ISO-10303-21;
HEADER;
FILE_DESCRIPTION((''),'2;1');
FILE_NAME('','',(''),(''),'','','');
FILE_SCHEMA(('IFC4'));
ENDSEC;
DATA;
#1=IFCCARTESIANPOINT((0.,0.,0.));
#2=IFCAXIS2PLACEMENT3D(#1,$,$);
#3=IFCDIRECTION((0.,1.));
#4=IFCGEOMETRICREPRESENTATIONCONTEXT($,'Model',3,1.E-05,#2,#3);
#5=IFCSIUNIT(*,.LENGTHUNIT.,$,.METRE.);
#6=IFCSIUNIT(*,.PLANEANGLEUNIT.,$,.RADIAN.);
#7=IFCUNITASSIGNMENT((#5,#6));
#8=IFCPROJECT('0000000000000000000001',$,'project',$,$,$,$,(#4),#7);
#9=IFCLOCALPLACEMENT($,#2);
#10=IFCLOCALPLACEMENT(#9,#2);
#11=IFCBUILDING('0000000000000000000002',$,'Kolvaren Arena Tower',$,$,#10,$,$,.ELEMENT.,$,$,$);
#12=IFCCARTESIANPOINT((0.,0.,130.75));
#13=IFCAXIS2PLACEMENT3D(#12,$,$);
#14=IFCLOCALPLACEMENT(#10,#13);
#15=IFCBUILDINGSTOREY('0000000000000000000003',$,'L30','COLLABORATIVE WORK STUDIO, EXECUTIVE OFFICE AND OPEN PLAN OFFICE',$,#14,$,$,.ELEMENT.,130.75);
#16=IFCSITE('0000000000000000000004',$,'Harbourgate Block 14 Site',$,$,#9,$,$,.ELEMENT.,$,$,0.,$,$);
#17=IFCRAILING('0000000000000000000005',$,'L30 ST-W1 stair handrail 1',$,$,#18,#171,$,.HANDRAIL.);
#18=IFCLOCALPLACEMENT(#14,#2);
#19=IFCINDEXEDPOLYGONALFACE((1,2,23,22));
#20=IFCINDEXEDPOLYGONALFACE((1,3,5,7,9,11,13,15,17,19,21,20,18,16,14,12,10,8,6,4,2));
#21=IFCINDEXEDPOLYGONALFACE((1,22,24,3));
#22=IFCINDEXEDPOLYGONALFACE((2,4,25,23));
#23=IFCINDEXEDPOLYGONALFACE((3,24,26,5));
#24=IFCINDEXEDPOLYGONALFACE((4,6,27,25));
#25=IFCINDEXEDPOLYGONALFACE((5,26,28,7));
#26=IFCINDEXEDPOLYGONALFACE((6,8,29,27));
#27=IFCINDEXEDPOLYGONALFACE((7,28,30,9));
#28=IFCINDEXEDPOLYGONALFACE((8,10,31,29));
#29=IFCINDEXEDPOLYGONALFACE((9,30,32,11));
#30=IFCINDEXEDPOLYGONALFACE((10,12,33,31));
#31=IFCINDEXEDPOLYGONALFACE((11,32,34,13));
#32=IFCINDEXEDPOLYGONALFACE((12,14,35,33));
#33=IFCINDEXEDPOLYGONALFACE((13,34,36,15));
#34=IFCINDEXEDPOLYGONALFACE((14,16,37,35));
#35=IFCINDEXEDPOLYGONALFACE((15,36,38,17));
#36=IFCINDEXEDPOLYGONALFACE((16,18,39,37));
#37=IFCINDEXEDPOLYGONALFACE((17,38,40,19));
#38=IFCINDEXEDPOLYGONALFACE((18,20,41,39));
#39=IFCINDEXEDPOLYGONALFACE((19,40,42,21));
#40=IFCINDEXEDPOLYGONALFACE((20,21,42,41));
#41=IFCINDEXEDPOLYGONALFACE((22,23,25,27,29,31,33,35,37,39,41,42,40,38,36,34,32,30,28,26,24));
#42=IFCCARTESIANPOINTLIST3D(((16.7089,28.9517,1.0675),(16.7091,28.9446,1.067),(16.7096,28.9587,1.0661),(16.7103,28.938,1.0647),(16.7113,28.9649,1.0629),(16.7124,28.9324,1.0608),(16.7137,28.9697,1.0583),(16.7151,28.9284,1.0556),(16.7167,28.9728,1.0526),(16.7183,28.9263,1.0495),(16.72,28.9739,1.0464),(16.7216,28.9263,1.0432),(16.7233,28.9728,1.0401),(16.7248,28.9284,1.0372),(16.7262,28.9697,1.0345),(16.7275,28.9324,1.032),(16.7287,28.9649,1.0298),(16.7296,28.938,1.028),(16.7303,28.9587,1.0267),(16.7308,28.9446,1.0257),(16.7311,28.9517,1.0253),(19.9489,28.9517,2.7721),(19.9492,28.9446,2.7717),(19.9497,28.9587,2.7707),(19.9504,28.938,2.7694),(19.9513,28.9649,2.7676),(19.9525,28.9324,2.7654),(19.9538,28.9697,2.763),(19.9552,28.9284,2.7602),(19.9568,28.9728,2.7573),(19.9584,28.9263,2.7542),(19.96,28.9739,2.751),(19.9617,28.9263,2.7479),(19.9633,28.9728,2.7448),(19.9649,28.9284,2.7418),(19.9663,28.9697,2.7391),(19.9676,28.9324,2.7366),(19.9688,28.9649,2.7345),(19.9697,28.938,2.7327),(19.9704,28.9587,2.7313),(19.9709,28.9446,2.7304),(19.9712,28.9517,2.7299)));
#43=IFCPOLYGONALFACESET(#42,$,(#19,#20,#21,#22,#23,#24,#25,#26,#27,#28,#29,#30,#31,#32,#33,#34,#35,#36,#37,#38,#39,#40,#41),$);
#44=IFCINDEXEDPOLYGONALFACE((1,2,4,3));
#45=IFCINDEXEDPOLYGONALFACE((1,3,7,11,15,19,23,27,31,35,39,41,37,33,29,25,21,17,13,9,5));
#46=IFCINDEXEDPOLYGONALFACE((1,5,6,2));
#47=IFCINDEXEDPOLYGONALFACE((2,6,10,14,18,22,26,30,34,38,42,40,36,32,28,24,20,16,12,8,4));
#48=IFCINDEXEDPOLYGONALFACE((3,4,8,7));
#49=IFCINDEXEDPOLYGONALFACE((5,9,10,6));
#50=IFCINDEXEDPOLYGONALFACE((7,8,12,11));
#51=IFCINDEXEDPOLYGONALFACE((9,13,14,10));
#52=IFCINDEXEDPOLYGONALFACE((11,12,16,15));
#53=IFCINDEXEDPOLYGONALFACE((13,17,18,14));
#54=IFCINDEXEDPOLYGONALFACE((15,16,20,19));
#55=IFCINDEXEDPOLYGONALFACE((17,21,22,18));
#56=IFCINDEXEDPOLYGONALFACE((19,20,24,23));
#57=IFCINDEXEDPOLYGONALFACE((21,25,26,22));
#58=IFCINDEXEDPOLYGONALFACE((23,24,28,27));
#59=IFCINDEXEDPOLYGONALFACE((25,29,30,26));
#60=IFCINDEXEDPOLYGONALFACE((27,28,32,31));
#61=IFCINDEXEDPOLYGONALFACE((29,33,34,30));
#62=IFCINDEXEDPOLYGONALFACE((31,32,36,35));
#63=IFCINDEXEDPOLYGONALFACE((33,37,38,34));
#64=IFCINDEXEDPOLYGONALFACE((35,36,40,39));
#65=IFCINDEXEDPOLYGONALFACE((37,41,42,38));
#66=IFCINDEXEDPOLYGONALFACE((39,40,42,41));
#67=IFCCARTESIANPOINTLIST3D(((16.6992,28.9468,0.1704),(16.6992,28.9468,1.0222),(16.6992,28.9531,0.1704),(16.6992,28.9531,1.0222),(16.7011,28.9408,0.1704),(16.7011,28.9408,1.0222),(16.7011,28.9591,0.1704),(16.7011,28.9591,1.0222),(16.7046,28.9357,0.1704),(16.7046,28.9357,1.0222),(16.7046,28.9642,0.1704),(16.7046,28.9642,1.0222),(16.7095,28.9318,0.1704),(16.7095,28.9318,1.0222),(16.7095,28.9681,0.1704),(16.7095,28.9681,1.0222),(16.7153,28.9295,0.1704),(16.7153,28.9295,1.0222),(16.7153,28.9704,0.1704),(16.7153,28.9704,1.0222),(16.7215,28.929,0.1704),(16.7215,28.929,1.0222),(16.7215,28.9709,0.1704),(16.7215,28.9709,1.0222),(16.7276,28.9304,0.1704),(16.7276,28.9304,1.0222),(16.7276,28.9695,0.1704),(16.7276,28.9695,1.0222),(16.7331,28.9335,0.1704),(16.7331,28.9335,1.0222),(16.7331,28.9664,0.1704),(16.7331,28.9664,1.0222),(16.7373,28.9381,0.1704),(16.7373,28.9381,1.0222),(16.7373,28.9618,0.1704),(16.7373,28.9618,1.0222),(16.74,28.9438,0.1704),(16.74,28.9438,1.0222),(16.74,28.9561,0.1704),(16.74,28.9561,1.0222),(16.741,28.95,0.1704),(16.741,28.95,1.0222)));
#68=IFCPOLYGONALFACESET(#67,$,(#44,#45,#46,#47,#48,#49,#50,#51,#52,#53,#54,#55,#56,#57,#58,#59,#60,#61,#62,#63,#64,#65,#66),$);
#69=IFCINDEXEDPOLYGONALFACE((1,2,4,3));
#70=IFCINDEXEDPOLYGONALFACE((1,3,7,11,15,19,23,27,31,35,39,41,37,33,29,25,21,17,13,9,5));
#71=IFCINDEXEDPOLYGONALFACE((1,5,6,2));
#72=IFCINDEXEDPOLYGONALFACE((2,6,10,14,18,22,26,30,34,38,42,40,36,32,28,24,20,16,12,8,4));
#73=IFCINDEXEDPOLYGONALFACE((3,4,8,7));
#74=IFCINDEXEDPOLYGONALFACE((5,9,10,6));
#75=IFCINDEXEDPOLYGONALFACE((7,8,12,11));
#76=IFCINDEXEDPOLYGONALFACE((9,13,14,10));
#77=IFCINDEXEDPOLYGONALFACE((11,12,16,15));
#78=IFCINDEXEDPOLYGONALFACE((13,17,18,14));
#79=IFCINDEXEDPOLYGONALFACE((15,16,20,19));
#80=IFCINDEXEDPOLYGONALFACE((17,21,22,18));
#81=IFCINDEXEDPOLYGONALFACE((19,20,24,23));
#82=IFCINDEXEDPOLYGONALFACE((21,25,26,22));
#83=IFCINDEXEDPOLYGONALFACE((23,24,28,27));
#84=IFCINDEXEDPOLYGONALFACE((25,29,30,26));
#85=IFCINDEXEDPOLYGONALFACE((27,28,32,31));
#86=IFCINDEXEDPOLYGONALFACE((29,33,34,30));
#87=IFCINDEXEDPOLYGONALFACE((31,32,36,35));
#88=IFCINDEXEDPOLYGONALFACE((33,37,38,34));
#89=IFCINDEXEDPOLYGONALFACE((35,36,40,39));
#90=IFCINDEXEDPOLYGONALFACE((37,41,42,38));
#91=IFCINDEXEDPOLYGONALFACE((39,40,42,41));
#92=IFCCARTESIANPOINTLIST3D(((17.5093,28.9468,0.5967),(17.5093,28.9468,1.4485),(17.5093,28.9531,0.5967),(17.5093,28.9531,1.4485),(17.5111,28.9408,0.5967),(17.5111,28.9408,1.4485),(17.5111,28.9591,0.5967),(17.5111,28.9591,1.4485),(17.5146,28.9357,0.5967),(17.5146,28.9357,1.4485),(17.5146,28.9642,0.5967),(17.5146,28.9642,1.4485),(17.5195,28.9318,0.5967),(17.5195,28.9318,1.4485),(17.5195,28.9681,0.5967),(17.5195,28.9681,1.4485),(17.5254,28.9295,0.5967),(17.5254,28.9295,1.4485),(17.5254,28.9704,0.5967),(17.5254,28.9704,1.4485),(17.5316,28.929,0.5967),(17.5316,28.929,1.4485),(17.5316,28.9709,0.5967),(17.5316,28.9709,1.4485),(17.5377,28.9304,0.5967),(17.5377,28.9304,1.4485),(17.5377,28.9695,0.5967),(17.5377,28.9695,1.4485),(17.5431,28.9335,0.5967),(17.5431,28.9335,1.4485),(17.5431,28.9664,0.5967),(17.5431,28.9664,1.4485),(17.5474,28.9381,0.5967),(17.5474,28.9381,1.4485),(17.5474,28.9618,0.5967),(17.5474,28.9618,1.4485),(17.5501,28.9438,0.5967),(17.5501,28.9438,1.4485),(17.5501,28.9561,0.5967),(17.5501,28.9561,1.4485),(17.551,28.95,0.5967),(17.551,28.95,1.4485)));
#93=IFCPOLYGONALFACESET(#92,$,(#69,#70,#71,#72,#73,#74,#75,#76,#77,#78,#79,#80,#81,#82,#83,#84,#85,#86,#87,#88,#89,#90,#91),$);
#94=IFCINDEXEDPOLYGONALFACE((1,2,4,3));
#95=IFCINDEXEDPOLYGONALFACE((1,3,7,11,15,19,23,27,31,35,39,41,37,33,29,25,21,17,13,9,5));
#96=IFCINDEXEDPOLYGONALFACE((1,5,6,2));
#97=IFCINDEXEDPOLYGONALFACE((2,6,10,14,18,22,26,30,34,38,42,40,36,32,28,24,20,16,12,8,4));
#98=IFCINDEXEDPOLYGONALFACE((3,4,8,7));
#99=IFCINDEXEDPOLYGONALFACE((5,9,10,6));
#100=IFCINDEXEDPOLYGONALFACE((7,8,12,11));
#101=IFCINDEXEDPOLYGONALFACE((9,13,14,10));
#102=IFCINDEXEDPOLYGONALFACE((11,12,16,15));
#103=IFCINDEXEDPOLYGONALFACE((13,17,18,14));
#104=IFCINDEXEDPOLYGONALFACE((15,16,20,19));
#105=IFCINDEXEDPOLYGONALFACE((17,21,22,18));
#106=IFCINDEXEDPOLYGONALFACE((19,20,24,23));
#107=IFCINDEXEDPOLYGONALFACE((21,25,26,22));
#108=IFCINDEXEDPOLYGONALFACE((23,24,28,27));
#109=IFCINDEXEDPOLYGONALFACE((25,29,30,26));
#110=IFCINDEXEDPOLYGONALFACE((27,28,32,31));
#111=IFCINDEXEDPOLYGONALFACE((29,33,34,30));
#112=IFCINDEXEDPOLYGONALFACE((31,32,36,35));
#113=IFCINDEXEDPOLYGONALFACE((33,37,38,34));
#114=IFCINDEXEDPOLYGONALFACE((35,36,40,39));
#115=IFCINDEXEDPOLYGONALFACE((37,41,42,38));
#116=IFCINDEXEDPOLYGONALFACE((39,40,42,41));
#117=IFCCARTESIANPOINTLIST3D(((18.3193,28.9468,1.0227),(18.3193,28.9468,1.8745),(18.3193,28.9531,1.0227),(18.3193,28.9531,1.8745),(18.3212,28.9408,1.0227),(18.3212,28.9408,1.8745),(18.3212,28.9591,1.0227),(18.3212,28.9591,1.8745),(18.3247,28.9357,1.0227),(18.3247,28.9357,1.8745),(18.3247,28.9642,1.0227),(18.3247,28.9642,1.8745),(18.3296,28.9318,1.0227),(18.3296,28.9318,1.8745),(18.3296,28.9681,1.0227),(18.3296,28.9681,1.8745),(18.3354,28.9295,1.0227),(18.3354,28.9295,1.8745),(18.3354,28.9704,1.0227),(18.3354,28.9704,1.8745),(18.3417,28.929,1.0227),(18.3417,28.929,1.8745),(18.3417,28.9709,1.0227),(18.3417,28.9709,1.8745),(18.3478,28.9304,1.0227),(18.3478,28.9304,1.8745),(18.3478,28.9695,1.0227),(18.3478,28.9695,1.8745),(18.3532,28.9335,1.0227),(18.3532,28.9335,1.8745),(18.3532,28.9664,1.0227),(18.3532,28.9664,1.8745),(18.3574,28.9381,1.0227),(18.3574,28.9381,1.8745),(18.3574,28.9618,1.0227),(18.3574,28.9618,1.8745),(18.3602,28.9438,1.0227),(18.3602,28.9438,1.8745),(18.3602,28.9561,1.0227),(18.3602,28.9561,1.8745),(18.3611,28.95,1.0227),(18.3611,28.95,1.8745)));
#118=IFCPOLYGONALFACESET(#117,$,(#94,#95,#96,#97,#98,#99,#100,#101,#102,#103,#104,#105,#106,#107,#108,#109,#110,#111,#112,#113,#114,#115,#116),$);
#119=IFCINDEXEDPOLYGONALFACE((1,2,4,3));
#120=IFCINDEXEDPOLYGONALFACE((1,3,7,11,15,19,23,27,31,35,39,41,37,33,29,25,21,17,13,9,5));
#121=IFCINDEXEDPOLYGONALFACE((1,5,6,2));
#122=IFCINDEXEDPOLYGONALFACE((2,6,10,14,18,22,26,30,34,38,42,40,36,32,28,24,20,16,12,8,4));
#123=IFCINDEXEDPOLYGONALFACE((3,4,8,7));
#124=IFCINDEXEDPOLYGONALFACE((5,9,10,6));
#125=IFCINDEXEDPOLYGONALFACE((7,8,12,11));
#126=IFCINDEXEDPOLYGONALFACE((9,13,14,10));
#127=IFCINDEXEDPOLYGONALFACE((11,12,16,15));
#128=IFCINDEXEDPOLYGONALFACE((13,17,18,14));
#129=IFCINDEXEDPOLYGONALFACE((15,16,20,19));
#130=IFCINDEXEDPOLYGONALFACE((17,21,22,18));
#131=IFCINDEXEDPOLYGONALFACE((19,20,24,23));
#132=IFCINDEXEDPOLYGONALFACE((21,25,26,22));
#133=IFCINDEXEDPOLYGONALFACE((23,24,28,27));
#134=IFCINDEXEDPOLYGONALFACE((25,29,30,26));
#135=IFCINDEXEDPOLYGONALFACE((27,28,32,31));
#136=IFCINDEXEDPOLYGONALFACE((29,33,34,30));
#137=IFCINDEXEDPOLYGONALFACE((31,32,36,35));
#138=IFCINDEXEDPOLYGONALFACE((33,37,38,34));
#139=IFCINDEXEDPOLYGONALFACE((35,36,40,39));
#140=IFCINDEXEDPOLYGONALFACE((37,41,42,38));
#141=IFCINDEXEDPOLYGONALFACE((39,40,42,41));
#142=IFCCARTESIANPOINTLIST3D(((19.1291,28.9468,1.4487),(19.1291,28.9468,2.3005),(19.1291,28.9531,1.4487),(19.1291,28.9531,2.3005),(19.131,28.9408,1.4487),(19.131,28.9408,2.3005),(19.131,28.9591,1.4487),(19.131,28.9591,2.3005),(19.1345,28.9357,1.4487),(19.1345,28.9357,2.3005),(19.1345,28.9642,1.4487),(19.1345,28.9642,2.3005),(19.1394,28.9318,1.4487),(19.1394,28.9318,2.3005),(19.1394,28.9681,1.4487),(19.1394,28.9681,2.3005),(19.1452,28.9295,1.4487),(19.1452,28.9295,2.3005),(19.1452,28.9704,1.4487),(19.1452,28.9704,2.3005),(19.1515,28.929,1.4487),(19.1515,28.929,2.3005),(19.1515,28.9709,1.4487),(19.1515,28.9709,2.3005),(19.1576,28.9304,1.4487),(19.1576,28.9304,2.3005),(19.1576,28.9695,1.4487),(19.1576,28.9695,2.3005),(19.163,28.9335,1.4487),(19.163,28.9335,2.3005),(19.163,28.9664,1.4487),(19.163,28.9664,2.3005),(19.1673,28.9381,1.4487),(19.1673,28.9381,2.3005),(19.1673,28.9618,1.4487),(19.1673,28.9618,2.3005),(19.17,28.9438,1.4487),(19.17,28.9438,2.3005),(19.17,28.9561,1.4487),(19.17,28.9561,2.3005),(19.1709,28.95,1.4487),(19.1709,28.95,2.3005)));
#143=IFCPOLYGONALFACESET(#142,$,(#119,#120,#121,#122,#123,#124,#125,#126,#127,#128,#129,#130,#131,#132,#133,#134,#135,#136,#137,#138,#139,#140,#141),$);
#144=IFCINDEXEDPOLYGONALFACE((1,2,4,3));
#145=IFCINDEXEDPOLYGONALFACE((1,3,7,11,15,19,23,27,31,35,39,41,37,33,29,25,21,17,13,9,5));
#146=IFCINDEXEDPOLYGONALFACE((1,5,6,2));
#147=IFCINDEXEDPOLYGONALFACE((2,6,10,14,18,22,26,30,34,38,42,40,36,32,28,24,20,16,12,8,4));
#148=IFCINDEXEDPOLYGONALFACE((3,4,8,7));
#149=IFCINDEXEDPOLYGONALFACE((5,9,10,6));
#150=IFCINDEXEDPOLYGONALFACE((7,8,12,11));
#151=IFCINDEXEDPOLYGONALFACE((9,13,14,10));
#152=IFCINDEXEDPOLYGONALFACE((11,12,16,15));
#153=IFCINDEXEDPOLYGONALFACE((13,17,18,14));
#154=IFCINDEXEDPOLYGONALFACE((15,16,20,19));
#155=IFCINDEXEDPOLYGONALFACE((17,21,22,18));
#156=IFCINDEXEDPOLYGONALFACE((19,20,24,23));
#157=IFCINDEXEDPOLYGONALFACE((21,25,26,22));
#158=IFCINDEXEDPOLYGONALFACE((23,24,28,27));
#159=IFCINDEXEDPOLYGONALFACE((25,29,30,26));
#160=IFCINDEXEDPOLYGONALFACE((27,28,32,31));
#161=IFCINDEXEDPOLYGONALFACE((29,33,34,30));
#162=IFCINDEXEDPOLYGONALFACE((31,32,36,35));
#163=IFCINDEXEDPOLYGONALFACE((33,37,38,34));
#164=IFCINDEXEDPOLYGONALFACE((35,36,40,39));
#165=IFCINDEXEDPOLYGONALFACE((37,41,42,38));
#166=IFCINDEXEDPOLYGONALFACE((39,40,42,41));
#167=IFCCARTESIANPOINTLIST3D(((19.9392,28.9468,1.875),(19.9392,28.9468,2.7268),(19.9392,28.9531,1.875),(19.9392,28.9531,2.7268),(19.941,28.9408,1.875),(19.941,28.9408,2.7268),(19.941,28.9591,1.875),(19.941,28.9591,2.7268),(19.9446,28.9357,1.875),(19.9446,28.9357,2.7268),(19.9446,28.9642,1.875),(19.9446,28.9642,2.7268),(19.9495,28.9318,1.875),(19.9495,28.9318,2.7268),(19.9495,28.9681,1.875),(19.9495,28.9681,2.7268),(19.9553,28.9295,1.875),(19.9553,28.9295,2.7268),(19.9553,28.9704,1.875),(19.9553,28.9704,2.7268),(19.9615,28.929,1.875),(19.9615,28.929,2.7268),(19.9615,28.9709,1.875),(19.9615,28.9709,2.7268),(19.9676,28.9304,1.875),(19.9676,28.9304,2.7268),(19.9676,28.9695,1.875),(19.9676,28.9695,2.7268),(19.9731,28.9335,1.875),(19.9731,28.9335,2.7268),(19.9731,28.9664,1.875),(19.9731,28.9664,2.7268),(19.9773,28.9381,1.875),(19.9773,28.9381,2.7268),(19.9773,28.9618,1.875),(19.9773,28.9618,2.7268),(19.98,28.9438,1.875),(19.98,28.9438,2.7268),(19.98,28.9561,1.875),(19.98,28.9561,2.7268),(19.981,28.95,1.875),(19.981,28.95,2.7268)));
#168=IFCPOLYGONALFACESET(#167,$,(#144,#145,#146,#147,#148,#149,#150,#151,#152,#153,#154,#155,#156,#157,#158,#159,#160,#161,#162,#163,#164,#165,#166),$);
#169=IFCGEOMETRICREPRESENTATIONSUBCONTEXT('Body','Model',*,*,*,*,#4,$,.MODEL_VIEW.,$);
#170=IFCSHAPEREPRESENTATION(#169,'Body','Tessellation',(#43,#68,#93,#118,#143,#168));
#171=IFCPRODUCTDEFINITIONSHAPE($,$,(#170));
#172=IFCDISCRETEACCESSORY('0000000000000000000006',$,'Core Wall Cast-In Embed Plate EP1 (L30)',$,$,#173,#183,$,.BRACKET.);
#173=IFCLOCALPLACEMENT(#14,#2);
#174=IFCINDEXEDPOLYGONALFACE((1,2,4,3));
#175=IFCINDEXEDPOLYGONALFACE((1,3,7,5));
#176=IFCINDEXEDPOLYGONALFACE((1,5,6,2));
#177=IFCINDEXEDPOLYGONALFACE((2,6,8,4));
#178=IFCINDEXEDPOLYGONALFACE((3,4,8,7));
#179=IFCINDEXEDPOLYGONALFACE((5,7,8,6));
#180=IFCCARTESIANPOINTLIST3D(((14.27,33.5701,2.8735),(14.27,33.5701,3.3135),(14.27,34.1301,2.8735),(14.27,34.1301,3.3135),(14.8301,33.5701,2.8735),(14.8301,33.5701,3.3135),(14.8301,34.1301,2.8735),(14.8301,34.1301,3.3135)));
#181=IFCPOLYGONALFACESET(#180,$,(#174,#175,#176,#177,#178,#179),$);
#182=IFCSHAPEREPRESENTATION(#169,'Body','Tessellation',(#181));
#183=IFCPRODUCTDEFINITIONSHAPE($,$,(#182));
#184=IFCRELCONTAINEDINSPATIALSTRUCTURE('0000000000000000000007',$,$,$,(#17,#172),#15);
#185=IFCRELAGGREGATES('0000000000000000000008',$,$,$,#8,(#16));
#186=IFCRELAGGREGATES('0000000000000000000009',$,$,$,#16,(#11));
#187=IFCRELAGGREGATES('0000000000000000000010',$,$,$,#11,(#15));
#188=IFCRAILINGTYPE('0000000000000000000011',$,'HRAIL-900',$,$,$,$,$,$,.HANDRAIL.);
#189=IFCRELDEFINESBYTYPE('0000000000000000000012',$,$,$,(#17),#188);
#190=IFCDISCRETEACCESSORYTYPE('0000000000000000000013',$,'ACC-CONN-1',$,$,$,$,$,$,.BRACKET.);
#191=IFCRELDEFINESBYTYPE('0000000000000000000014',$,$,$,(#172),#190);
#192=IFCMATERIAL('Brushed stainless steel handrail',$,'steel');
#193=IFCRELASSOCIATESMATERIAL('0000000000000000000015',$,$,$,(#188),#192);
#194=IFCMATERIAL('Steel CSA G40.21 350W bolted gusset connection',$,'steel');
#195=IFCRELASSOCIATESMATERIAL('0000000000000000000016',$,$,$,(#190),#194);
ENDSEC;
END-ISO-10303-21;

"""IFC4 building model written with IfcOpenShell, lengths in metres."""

from ifc_helpers import new_model, si_unit, direction, frame, origin, origin_2d, place, context, subcontext, project, spatial, rectangle, circle, extrude, material, type_object, element, save


model = new_model("IFC4")

# Units and contexts
model_context = context("Model", 3, precision=1e-05, world=origin(), true_north=direction((0.0, 1.0)))
body_context = subcontext(model_context, "Body", "Model", "MODEL_VIEW")
ifc_project = project(units=[si_unit("LENGTHUNIT", "METRE"), si_unit("PLANEANGLEUNIT", "RADIAN")], contexts=[model_context])

# Site, building, storey
site_placement = place(None, origin())
site = spatial("IfcSite", under=ifc_project, at=site_placement, Name="Harbourgate Block 14 Site", CompositionType="ELEMENT", RefElevation=0.0)
building_placement = place(site_placement, origin())
building = spatial("IfcBuilding", under=site, at=building_placement, Name="Kolvaren Arena Tower", CompositionType="ELEMENT")
storey_placement = place(building_placement, frame((0.0, 0.0, 130.75)))
storey = spatial("IfcBuildingStorey", under=building, at=storey_placement, Name="L30", Description="COLLABORATIVE WORK STUDIO, EXECUTIVE OFFICE AND OPEN PLAN OFFICE", CompositionType="ELEMENT", Elevation=130.75)

# Railing
ifc_material_1 = material(Name="Brushed stainless steel handrail", Category="steel")
railing_type_1 = type_object("IfcRailingType", Name="HRAIL-900", PredefinedType="HANDRAIL", material=ifc_material_1)
railing_1_placement = place(storey_placement, frame((16.72, 28.95, 0.1704)))
element("IfcRailing", 1, at=railing_1_placement, inside=storey, type_object=railing_type_1, Name="L30 ST-W1 stair handrail 1", PredefinedType="HANDRAIL", context=body_context, shape_type="SweptSolid", body=[
    extrude(circle(Radius=0.0239, at=origin_2d()), frame((0.0, 0.0, 0.876), z_axis=(0.884993, 0.0, 0.465604), x_axis=(0.0, 1.0, 0.0)), (0.0, 0.0, 1.0), 3.6611),
    extrude(circle(Radius=0.021, at=origin_2d()), origin(), (0.0, 0.0, 1.0), 0.8518),
    extrude(circle(Radius=0.021, at=origin_2d()), frame((0.8101, 0.0, 0.4263)), (0.0, 0.0, 1.0), 0.8518),
    extrude(circle(Radius=0.021, at=origin_2d()), frame((1.6201, 0.0, 0.8523)), (0.0, 0.0, 1.0), 0.8518),
    extrude(circle(Radius=0.021, at=origin_2d()), frame((2.4299, 0.0, 1.2783)), (0.0, 0.0, 1.0), 0.8518),
    extrude(circle(Radius=0.021, at=origin_2d()), frame((3.24, 0.0, 1.7046)), (0.0, 0.0, 1.0), 0.8518),
])

# Discrete accessory
ifc_material_2 = material(Name="Steel CSA G40.21 350W bolted gusset connection", Category="steel")
discrete_accessory_type = type_object("IfcDiscreteAccessoryType", Name="ACC-CONN-1", PredefinedType="BRACKET", material=ifc_material_2)
discrete_accessory_placement = place(storey_placement, frame((14.55, 33.8501, 2.8735), z_axis=(0.0, 0.0, 1.0), x_axis=(1.0, 0.0, 0.0)))
element("IfcDiscreteAccessory", 2, at=discrete_accessory_placement, inside=storey, type_object=discrete_accessory_type, Name="Core Wall Cast-In Embed Plate EP1 (L30)", PredefinedType="BRACKET", context=body_context, shape_type="SweptSolid", body=[
    extrude(rectangle(XDim=0.5601, YDim=0.5601, at=origin_2d()), origin(), (0.0, 0.0, 1.0), 0.4399),
])

save(model, "model.ifc")
